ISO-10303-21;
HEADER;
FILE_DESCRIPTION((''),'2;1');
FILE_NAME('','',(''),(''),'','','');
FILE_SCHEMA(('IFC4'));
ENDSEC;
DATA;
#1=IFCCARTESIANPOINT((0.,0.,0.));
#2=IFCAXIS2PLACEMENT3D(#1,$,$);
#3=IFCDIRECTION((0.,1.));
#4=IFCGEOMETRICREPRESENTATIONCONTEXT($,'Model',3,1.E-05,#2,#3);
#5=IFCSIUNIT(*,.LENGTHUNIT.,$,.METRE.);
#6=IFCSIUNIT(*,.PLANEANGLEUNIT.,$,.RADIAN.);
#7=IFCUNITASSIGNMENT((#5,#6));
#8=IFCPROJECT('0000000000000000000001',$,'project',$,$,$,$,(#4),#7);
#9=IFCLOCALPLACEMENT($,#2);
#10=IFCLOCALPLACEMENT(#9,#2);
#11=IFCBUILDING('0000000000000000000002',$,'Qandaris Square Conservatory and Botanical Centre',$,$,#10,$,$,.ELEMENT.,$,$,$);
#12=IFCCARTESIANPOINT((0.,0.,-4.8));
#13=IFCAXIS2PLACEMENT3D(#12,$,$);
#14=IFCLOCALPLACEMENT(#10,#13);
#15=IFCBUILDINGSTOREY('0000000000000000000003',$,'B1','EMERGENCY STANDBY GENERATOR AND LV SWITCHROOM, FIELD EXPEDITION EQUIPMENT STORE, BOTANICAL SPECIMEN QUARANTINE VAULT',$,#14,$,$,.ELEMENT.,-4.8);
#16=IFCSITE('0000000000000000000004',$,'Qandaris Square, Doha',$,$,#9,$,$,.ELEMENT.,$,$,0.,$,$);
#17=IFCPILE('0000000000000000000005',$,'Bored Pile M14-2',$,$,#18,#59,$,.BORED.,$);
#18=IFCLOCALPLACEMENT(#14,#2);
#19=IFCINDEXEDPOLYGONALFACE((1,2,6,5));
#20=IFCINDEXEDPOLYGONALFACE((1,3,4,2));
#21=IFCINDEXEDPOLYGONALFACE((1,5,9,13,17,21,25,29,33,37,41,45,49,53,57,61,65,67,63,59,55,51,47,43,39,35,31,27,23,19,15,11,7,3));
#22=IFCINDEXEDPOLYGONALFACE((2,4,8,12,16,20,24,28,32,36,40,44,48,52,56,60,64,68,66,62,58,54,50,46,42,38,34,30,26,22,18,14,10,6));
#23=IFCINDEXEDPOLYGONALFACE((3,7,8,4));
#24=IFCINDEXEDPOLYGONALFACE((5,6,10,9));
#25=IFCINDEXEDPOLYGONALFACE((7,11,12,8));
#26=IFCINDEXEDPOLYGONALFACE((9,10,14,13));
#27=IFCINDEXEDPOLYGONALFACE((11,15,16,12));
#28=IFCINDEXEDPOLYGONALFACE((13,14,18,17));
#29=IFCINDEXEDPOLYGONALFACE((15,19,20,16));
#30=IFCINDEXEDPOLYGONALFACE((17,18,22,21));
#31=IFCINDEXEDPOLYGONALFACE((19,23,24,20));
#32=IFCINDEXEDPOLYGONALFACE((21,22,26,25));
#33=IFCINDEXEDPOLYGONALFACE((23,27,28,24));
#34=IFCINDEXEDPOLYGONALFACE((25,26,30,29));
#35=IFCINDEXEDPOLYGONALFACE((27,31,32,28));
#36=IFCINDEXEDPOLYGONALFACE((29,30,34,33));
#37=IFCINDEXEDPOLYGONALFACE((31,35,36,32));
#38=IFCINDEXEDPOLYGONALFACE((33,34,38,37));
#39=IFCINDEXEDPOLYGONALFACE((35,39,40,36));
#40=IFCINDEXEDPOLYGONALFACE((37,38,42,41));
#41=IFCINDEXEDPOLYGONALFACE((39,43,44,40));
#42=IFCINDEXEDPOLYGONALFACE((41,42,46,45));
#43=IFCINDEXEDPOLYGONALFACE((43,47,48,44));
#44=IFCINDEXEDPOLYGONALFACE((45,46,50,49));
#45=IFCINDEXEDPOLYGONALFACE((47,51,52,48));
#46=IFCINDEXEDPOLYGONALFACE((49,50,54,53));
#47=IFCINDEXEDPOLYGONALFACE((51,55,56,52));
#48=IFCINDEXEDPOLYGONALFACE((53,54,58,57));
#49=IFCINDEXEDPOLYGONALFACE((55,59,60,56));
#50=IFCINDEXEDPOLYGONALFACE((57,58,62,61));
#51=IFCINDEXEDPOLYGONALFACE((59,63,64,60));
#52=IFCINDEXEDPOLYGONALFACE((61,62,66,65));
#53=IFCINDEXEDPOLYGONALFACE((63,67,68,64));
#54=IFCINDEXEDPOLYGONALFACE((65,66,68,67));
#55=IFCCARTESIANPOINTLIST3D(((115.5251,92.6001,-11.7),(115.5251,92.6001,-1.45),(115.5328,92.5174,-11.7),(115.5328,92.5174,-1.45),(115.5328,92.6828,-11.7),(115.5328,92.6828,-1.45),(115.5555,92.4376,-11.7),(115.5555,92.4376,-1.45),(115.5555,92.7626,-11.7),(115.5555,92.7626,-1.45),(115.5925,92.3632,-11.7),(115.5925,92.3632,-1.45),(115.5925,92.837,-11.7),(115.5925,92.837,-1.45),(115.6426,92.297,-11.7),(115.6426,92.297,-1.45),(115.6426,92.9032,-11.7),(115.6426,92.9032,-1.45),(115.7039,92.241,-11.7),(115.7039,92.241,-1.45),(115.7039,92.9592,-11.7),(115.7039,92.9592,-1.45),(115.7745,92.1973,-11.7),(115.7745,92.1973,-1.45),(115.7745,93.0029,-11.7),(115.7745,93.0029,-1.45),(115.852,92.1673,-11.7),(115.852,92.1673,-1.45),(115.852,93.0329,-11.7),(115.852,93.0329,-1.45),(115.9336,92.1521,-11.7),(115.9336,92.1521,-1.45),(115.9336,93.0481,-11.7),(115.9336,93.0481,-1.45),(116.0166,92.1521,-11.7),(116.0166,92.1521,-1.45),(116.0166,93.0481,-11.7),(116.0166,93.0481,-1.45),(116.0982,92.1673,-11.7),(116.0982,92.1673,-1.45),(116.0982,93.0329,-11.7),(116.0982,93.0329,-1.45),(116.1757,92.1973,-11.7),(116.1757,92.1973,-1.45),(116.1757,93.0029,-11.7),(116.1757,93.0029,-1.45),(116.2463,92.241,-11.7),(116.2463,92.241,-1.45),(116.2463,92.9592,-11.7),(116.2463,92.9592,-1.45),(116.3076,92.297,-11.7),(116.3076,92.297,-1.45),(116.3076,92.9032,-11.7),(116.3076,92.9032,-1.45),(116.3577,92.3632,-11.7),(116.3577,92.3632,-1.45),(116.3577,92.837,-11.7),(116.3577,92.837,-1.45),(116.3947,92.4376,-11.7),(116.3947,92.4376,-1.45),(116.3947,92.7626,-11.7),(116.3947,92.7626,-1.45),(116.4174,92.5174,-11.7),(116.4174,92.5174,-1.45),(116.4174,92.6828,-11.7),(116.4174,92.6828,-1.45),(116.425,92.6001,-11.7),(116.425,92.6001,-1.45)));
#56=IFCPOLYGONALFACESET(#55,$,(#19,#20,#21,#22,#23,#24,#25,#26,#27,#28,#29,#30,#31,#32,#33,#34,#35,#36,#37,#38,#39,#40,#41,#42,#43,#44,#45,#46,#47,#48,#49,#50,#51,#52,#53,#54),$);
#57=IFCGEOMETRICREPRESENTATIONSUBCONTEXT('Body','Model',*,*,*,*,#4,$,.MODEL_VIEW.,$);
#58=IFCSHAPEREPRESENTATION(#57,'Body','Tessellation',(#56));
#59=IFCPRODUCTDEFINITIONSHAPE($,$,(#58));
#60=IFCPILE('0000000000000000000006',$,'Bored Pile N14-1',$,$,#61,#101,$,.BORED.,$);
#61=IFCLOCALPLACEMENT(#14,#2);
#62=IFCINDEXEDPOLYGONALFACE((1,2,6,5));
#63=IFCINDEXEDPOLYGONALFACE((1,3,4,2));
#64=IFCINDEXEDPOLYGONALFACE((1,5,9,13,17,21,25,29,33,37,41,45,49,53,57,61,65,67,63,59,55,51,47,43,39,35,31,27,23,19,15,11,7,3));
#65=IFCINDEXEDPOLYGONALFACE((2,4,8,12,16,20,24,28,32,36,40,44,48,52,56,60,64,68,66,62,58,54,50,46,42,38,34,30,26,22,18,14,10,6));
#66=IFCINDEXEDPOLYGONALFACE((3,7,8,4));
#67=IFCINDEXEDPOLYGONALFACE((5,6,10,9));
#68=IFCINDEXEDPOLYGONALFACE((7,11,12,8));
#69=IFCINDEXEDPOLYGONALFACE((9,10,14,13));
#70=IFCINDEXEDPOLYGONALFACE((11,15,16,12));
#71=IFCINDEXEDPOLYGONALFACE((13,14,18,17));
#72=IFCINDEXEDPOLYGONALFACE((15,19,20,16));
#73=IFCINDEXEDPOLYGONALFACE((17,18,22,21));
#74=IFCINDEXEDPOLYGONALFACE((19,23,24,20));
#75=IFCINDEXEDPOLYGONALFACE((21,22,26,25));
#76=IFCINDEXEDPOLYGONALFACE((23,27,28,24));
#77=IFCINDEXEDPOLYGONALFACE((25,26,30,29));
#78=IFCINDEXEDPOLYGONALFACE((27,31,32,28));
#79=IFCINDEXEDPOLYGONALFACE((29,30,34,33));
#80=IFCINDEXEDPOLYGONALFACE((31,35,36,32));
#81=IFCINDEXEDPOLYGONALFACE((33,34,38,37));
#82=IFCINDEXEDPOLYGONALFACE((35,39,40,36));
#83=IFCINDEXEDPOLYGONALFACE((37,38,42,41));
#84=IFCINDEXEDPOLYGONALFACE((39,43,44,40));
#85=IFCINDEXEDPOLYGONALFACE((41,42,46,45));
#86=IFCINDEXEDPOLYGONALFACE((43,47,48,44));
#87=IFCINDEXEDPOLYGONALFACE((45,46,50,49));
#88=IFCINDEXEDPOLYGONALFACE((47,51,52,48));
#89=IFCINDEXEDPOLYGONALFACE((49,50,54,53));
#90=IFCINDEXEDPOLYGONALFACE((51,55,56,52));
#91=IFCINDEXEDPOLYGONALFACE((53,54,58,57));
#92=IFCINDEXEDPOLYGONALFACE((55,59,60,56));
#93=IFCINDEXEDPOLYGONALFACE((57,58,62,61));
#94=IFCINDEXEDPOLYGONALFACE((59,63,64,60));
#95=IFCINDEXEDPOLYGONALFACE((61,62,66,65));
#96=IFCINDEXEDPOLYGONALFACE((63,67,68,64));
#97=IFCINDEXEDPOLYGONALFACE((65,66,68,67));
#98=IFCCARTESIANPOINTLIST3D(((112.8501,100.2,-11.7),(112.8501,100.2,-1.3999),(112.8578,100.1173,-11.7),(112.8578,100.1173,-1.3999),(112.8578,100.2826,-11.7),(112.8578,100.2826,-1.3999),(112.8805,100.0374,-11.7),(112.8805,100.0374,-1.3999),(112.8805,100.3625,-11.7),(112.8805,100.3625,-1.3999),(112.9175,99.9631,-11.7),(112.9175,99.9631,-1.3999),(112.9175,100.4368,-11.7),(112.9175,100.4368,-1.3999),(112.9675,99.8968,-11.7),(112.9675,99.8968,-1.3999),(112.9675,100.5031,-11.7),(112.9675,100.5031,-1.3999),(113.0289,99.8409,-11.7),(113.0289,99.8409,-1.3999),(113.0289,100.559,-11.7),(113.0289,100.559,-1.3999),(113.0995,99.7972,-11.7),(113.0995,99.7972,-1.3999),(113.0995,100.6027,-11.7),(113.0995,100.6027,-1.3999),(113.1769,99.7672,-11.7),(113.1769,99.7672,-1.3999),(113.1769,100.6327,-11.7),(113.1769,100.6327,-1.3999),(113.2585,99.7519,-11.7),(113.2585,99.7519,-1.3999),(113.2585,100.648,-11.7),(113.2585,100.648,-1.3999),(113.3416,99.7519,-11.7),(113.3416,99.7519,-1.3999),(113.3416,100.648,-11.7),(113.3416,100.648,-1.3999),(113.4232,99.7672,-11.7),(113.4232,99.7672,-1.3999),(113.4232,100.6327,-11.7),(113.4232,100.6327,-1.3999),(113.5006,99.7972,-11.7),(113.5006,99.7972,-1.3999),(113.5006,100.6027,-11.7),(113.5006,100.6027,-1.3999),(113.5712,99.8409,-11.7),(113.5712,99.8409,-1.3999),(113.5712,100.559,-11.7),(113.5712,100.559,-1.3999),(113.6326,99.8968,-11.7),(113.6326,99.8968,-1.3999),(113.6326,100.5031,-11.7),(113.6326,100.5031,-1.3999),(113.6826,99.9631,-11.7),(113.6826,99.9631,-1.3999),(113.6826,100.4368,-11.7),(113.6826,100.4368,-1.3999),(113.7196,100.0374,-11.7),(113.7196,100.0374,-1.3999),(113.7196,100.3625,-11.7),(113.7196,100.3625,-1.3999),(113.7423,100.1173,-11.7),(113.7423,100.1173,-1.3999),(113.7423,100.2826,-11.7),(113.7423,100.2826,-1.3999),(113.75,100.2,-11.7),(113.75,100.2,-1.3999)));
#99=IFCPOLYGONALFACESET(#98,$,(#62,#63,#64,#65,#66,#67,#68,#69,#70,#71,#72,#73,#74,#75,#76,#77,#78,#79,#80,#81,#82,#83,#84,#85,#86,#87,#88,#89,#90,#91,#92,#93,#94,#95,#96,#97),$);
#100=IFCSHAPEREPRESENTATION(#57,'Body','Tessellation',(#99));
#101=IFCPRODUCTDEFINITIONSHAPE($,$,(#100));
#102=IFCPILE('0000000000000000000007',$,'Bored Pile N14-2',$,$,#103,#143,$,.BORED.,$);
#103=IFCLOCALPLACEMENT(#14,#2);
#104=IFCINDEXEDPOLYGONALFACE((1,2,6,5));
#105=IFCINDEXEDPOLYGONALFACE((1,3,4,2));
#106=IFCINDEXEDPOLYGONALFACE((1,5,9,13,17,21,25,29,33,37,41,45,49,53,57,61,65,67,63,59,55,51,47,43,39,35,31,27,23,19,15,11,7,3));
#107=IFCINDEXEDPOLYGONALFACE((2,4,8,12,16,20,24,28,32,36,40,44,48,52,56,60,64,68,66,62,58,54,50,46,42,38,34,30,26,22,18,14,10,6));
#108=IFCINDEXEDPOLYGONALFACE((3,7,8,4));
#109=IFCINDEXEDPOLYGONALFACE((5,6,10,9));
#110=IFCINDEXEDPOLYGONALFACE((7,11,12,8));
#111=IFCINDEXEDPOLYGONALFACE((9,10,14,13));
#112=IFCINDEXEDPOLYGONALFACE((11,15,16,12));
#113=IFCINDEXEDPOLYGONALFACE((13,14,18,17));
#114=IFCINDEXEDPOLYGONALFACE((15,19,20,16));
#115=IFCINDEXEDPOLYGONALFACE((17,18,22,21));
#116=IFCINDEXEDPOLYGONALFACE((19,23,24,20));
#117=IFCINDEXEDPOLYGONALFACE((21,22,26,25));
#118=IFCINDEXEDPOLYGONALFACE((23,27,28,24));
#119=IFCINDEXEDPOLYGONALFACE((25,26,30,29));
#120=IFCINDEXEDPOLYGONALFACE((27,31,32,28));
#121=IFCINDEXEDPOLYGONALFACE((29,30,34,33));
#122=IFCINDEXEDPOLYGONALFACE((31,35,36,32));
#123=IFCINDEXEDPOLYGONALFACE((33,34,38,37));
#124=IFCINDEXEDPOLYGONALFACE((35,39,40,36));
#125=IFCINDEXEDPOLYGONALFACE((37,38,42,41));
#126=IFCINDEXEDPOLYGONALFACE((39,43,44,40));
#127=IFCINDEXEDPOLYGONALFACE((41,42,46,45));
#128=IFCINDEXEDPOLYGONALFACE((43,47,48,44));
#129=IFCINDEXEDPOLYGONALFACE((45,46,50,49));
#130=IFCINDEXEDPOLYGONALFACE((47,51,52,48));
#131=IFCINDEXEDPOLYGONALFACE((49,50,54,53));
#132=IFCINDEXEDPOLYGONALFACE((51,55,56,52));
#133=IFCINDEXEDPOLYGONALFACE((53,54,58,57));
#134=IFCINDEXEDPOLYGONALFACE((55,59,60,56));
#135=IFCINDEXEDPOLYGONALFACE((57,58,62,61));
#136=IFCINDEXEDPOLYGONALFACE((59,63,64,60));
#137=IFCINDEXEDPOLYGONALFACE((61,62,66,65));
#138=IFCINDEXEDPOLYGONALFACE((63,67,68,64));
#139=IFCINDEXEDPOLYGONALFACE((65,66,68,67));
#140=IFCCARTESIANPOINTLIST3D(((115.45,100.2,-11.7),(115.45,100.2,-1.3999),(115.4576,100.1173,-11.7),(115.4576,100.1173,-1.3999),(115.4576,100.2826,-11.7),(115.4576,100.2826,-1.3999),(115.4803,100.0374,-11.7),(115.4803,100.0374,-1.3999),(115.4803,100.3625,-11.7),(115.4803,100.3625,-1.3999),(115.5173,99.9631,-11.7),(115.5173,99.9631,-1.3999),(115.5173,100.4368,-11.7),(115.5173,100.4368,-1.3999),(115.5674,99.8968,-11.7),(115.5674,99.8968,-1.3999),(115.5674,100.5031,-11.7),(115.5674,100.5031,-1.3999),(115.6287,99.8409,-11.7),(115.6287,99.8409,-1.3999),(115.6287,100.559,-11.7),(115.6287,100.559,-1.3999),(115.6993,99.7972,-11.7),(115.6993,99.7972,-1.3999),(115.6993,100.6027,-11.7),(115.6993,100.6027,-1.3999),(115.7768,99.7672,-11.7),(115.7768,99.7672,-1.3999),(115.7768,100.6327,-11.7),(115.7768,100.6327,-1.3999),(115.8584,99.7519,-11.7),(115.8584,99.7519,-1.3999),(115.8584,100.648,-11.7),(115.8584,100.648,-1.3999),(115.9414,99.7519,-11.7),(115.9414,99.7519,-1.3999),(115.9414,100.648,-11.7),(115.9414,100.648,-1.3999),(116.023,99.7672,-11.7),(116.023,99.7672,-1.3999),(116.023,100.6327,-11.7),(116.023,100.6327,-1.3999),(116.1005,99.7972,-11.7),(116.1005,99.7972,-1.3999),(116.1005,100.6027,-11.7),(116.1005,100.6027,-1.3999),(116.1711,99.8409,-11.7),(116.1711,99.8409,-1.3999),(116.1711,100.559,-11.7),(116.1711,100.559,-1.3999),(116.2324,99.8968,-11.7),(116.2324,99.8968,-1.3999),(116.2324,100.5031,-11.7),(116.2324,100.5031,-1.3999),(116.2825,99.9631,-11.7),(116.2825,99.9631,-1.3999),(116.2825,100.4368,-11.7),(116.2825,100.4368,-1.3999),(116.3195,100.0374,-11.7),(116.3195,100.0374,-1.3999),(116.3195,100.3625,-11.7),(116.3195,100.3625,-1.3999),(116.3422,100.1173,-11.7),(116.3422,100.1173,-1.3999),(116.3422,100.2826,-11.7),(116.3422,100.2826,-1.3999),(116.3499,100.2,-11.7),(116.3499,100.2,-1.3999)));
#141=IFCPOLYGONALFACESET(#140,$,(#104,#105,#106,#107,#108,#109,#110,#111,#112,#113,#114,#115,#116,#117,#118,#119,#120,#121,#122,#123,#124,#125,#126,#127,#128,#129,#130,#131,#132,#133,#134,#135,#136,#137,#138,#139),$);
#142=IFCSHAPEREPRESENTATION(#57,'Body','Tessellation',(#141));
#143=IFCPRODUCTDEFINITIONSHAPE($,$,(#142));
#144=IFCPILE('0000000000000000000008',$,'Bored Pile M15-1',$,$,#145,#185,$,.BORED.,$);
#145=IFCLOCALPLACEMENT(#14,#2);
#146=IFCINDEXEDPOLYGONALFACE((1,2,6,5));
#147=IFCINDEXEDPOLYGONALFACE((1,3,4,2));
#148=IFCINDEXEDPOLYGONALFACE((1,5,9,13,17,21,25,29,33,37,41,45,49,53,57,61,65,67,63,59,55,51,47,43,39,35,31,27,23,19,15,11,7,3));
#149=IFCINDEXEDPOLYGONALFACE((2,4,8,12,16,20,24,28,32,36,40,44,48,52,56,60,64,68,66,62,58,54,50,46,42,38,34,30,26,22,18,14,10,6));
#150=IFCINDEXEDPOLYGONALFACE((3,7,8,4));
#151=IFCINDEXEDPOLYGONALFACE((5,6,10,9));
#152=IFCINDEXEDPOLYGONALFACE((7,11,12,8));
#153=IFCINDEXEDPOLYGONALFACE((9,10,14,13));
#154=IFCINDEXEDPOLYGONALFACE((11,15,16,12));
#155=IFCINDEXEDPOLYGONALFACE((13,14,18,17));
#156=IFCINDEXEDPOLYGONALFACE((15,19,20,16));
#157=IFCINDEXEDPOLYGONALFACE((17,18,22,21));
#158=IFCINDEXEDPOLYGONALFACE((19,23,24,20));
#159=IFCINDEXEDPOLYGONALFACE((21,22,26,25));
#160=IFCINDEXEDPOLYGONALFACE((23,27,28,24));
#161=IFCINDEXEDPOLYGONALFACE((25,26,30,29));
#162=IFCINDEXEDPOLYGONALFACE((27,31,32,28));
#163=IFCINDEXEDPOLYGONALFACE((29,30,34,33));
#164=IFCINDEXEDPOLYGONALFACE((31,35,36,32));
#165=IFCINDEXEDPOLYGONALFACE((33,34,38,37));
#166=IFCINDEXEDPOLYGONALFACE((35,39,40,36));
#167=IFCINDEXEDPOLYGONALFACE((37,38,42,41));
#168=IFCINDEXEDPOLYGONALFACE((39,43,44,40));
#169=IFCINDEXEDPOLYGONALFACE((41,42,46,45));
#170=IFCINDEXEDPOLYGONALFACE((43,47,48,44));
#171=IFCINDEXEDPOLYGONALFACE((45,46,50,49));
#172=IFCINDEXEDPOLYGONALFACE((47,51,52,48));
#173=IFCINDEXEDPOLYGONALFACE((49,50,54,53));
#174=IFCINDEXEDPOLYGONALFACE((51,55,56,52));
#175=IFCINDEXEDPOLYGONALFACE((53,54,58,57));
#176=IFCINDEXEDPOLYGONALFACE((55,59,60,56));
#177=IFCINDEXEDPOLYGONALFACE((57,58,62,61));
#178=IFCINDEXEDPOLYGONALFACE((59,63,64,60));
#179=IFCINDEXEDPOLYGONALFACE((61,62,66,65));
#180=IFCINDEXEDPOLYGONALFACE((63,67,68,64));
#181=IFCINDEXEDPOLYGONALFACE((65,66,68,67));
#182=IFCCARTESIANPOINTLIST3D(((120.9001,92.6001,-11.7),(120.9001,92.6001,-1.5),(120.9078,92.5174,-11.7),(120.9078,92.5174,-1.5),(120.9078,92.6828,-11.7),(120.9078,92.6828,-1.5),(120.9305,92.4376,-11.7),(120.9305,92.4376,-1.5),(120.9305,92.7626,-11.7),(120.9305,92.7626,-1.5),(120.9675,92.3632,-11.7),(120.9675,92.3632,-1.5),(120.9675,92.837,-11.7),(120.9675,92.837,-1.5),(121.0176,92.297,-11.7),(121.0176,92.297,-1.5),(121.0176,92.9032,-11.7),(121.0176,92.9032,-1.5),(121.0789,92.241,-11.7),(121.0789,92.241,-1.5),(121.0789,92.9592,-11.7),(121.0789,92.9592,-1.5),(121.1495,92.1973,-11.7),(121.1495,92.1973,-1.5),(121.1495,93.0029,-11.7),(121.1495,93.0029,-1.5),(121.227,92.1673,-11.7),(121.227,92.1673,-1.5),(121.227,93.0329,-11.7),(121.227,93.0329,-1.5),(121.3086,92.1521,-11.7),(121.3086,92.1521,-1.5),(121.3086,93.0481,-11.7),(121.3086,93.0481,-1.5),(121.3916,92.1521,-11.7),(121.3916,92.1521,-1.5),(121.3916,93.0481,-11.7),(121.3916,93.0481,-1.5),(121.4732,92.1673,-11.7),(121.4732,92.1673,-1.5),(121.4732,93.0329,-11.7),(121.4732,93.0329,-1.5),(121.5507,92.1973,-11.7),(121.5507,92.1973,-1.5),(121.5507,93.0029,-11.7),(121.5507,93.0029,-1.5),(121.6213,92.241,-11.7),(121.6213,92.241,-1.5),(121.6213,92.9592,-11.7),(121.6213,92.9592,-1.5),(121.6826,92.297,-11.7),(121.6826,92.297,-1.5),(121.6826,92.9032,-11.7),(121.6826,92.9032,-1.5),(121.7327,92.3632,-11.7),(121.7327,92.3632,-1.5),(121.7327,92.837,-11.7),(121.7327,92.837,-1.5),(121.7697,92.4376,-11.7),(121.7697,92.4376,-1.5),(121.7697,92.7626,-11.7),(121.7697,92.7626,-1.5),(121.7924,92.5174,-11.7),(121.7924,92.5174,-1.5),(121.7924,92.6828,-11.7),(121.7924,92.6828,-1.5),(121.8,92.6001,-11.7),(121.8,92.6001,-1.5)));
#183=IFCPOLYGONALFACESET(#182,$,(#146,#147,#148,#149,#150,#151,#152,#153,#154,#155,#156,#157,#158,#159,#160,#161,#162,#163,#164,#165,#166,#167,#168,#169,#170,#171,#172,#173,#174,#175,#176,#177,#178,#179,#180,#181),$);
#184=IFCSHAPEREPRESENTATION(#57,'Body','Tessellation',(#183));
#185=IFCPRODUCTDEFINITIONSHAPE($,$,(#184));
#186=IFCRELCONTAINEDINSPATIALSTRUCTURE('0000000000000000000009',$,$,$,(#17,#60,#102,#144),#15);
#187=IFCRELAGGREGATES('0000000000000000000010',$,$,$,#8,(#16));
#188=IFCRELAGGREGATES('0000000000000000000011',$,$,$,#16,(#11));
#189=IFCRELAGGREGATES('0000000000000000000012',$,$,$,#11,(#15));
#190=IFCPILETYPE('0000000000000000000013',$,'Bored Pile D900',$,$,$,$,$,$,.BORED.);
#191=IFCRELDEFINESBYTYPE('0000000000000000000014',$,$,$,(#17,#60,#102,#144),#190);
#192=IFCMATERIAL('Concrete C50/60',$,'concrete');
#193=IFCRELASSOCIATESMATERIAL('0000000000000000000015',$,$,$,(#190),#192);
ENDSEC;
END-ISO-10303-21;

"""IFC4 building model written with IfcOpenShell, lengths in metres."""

from ifc_helpers import new_model, si_unit, direction, frame, origin, origin_2d, place, context, subcontext, project, spatial, circle, extrude, material, material_profile, profile_set, type_object, element, save


model = new_model("IFC4")

# Units and contexts
model_context = context("Model", 3, precision=1e-05, world=origin(), true_north=direction((0.0, 1.0)))
body_context = subcontext(model_context, "Body", "Model", "MODEL_VIEW")
ifc_project = project(units=[si_unit("LENGTHUNIT", "METRE"), si_unit("PLANEANGLEUNIT", "RADIAN")], contexts=[model_context])

# Site, building, storey
site_placement = place(None, origin())
site = spatial("IfcSite", under=ifc_project, at=site_placement, Name="Qandaris Square, Doha", CompositionType="ELEMENT", RefElevation=0.0)
building_placement = place(site_placement, origin())
building = spatial("IfcBuilding", under=site, at=building_placement, Name="Qandaris Square Conservatory and Botanical Centre", CompositionType="ELEMENT")
storey_placement = place(building_placement, frame((0.0, 0.0, -4.8)))
storey = spatial("IfcBuildingStorey", under=building, at=storey_placement, Name="B1", Description="EMERGENCY STANDBY GENERATOR AND LV SWITCHROOM, FIELD EXPEDITION EQUIPMENT STORE, BOTANICAL SPECIMEN QUARANTINE VAULT", CompositionType="ELEMENT", Elevation=-4.8)

# Piles
ifc_material_1 = material(Name="Concrete C50/60", Category="concrete")
ifc_material_profile_1 = material_profile(ifc_material_1, circle(Radius=0.45, at=origin_2d()), Name="PILE D900")
ifc_profile_set_1 = profile_set([ifc_material_profile_1], Name="Concrete C50/60")
pile_type = type_object("IfcPileType", Name="Bored Pile D900", PredefinedType="BORED", material=ifc_profile_set_1)
pile_1_placement = place(storey_placement, frame((115.9751, 92.6001, -1.45), z_axis=(0.0, 0.0, -1.0), x_axis=(1.0, 0.0, 0.0)))
element("IfcPile", 1, at=pile_1_placement, inside=storey, type_object=pile_type, Name="Bored Pile M14-2", PredefinedType="BORED", context=body_context, shape_type="SweptSolid", body=[
    extrude(circle(Radius=0.45, at=origin_2d()), origin(), (0.0, 0.0, 1.0), 10.25),
])
for number, where, z_axis, x_axis, name in (
    (2, (113.3, 100.2, -1.3999), (0.0, 0.0, -1.0), (1.0, 0.0, 0.0), "Bored Pile N14-1"),
    (3, (115.8999, 100.2, -1.3999), (0.0, 0.0, -1.0), (1.0, 0.0, 0.0), "Bored Pile N14-2"),
):
    element("IfcPile", number, at=place(storey_placement, frame(where, z_axis=z_axis, x_axis=x_axis)), inside=storey, type_object=pile_type, Name=name, PredefinedType="BORED", context=body_context, shape_type="SweptSolid", body=[
        extrude(circle(Radius=0.45, at=origin_2d()), origin(), (0.0, 0.0, 1.0), 10.3),
    ])
pile_2_placement = place(storey_placement, frame((121.3501, 92.6001, -1.5), z_axis=(0.0, 0.0, -1.0), x_axis=(1.0, 0.0, 0.0)))
element("IfcPile", 4, at=pile_2_placement, inside=storey, type_object=pile_type, Name="Bored Pile M15-1", PredefinedType="BORED", context=body_context, shape_type="SweptSolid", body=[
    extrude(circle(Radius=0.45, at=origin_2d()), origin(), (0.0, 0.0, 1.0), 10.2),
])

save(model, "model.ifc")
